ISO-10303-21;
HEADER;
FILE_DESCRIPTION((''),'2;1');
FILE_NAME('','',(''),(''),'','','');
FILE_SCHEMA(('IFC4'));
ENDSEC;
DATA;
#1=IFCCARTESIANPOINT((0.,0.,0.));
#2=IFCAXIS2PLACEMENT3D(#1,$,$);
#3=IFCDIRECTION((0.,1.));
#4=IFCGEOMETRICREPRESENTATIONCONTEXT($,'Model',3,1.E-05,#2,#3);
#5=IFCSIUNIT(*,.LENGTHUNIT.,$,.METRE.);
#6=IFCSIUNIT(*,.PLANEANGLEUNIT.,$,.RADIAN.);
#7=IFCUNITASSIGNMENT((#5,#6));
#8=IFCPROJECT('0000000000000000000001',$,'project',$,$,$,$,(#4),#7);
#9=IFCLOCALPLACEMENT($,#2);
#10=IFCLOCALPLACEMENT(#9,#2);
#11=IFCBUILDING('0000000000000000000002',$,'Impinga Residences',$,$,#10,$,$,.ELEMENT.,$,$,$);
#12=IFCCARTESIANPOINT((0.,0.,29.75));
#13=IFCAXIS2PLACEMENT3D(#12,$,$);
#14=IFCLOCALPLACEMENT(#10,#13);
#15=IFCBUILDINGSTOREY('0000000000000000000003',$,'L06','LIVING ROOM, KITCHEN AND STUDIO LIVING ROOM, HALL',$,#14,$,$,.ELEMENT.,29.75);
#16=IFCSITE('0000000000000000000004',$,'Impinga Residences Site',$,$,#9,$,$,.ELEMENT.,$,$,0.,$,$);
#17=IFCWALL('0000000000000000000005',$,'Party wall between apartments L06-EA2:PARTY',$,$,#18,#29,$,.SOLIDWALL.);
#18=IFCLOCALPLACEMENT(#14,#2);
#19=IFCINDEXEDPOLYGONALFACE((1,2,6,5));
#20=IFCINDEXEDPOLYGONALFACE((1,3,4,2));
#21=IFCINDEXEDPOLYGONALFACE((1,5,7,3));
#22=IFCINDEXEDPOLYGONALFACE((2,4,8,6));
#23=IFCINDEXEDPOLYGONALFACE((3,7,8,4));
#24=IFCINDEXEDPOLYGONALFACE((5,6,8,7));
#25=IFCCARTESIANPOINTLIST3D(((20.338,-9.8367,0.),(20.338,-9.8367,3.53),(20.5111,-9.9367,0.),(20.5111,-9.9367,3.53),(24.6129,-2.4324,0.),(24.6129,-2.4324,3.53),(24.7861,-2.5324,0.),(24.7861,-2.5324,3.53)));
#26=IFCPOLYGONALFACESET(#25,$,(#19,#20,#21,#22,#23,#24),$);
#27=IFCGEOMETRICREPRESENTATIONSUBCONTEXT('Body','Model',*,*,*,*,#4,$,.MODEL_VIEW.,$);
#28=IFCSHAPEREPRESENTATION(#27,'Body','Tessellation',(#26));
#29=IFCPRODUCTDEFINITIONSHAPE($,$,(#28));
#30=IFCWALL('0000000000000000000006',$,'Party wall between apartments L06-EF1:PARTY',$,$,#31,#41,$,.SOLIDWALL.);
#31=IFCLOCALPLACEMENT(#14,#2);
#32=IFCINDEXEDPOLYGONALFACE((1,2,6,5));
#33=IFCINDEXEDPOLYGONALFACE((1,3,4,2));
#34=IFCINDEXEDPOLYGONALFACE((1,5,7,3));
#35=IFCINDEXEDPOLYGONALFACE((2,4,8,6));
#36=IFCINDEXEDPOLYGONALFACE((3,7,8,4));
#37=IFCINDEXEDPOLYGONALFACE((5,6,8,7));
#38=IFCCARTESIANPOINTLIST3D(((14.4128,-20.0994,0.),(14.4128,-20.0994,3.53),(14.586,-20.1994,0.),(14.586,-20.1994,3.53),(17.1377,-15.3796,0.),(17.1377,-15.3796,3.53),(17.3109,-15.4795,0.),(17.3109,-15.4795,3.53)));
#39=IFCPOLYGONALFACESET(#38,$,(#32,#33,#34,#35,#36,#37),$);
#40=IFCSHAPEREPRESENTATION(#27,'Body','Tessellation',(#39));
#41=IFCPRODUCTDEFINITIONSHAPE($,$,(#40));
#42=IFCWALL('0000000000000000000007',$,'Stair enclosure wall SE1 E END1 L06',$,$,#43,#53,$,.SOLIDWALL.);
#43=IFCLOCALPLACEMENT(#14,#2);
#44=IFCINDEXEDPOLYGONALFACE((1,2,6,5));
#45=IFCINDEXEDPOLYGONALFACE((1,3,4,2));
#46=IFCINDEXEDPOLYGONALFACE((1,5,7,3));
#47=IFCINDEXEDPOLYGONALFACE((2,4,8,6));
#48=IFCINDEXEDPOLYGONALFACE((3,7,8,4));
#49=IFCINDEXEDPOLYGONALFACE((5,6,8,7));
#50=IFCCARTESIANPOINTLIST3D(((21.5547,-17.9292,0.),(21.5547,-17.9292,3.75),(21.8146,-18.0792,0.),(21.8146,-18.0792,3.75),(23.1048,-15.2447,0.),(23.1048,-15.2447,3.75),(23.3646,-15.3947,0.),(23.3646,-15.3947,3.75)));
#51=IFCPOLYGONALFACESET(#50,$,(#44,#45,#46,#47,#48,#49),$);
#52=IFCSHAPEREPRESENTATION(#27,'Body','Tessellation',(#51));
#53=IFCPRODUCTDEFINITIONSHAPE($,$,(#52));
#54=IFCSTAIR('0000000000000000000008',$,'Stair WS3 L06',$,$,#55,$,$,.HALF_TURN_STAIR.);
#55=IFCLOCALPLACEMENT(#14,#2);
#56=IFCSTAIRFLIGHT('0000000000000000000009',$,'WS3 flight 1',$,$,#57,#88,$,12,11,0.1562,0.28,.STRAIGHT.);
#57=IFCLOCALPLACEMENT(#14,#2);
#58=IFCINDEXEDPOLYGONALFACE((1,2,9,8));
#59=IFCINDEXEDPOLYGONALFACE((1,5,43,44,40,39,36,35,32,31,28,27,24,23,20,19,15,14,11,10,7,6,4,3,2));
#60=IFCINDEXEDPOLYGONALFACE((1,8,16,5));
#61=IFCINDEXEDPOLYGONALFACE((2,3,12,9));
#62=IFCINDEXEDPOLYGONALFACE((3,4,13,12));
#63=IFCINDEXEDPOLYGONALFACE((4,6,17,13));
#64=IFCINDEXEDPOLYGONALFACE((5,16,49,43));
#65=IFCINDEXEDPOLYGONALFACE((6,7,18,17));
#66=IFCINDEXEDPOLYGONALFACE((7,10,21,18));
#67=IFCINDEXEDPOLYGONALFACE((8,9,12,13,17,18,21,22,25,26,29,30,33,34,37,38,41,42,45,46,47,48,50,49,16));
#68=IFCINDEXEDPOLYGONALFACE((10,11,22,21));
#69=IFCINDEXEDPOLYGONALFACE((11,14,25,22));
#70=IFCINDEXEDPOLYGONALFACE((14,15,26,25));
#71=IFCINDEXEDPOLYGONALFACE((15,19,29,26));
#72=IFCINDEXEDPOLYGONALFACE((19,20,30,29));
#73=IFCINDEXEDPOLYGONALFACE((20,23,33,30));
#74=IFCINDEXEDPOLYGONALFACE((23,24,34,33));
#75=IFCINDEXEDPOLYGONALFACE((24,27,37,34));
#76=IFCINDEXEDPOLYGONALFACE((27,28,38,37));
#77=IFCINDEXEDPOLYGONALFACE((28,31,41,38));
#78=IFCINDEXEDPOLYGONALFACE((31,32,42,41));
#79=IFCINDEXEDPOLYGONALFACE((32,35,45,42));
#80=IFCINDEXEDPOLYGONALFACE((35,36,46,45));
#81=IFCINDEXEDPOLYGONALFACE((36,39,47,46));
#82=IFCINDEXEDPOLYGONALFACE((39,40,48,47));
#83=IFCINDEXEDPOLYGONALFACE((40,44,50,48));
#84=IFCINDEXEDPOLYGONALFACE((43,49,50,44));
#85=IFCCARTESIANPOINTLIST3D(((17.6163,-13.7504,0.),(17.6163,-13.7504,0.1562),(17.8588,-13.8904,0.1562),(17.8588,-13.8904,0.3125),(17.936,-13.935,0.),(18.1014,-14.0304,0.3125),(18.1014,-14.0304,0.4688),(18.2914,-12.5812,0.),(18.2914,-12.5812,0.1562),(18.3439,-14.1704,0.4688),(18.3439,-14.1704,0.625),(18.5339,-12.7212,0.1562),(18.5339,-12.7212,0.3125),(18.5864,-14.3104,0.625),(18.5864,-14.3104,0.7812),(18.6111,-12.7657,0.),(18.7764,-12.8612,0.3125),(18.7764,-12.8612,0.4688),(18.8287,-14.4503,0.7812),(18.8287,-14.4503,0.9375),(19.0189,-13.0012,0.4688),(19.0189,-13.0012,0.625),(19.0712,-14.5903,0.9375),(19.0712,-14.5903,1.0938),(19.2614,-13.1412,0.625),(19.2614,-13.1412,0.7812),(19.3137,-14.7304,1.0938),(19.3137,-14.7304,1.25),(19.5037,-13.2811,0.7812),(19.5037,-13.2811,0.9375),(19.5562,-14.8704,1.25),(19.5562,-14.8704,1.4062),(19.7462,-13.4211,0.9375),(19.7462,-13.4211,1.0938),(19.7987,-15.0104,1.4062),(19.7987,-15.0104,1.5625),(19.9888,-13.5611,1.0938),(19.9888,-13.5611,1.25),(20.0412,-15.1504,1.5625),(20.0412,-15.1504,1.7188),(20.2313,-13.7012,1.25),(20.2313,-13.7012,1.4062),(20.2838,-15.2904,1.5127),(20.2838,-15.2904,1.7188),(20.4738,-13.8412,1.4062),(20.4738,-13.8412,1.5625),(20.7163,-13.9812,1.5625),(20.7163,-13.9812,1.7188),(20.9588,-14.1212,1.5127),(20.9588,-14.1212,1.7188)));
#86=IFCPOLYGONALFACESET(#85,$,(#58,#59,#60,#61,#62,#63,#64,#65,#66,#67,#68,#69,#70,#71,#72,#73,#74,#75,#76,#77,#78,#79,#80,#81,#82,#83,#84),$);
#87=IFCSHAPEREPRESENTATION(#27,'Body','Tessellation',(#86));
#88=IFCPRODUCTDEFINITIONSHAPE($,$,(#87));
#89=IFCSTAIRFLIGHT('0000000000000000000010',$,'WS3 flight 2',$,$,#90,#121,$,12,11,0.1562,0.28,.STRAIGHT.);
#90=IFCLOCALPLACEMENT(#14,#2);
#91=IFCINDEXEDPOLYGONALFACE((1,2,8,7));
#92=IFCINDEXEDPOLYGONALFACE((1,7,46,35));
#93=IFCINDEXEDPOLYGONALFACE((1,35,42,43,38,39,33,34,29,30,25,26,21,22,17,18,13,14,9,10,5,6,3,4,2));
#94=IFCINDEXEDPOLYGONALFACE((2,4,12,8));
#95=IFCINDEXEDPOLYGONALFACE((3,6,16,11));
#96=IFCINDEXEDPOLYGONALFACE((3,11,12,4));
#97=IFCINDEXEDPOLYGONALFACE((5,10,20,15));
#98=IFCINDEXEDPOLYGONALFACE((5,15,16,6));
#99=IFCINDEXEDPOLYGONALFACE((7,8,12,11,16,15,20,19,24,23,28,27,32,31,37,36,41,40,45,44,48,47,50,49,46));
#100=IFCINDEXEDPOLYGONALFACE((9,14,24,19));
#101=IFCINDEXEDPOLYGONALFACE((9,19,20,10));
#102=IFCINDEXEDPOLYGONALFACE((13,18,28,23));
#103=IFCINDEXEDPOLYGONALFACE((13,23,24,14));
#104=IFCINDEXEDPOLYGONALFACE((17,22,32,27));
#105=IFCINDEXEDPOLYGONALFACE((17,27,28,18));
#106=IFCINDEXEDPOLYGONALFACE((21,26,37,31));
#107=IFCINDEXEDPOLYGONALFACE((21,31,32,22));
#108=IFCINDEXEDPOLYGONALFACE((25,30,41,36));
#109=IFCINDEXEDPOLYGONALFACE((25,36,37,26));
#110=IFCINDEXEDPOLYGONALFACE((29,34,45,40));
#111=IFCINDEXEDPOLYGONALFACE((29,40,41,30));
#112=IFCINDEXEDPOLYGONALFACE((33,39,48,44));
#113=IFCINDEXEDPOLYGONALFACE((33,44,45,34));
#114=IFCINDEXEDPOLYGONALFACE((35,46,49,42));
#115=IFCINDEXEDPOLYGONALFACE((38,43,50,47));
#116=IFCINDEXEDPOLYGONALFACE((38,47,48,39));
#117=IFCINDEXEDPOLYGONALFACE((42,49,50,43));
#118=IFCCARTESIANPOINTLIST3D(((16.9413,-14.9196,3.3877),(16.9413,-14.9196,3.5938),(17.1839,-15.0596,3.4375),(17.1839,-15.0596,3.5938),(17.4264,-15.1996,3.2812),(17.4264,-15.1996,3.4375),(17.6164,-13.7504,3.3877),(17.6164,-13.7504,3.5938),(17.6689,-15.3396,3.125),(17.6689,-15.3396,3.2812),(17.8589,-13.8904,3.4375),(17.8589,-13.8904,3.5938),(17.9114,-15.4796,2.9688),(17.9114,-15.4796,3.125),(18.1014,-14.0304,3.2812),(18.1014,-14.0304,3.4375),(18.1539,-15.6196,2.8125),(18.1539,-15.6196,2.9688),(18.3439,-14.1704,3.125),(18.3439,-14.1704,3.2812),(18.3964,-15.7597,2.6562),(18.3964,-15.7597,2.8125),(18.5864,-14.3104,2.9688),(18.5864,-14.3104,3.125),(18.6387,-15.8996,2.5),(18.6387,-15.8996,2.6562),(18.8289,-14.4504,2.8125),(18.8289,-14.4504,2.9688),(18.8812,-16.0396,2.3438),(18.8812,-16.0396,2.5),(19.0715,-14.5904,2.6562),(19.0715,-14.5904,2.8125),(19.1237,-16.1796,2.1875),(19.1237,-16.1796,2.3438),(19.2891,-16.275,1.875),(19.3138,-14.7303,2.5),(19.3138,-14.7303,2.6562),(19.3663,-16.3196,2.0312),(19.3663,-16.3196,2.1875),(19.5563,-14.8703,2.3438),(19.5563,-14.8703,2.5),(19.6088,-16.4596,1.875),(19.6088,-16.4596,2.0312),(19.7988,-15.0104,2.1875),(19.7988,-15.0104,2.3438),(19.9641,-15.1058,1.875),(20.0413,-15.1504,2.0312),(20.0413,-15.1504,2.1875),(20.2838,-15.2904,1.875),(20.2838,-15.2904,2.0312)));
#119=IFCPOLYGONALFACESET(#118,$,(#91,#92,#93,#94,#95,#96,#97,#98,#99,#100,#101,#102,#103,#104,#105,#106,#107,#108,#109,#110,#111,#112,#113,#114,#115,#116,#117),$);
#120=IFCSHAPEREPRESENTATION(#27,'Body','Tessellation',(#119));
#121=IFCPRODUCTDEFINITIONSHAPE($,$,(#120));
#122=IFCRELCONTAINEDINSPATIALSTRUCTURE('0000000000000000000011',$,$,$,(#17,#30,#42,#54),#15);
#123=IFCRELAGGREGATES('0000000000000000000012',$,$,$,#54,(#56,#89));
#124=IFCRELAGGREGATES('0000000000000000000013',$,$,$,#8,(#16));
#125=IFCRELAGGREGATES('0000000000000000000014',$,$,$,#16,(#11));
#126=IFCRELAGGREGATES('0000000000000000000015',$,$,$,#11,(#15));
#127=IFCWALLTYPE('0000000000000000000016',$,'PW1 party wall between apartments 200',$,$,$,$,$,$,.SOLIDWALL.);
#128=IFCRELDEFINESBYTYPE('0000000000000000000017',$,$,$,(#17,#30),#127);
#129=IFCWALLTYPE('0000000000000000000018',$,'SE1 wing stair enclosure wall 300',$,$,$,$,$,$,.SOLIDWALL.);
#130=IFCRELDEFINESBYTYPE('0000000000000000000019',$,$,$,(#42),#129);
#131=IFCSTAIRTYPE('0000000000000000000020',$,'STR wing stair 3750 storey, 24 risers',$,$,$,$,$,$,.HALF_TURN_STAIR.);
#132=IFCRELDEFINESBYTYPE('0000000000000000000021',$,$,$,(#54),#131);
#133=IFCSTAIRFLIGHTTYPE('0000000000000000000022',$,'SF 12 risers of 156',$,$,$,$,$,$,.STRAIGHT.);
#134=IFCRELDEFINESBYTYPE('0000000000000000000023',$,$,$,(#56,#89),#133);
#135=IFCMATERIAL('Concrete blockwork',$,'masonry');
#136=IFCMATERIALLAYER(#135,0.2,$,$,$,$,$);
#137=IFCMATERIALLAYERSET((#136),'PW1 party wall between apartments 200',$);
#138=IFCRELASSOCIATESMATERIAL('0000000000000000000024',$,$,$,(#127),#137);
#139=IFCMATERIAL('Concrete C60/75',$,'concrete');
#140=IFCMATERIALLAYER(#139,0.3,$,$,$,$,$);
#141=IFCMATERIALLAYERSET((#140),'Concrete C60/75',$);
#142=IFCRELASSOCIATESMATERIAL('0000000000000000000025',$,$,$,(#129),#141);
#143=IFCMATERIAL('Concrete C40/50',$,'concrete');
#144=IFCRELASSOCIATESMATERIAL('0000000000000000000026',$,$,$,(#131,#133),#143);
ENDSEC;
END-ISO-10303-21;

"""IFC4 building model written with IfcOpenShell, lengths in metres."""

from ifc_helpers import new_model, si_unit, direction, frame, frame_2d, origin, place, context, subcontext, project, spatial, polyline, rectangle, outline, extrude, material, layer, layer_set, type_object, element, aggregate, save


model = new_model("IFC4")

# Units and contexts
model_context = context("Model", 3, precision=1e-05, world=origin(), true_north=direction((0.0, 1.0)))
body_context = subcontext(model_context, "Body", "Model", "MODEL_VIEW")
ifc_project = project(units=[si_unit("LENGTHUNIT", "METRE"), si_unit("PLANEANGLEUNIT", "RADIAN")], contexts=[model_context])

# Site, building, storey
site_placement = place(None, origin())
site = spatial("IfcSite", under=ifc_project, at=site_placement, Name="Impinga Residences Site", CompositionType="ELEMENT", RefElevation=0.0)
building_placement = place(site_placement, origin())
building = spatial("IfcBuilding", under=site, at=building_placement, Name="Impinga Residences", CompositionType="ELEMENT")
storey_placement = place(building_placement, frame((0.0, 0.0, 29.75)))
storey = spatial("IfcBuildingStorey", under=building, at=storey_placement, Name="L06", Description="LIVING ROOM, KITCHEN AND STUDIO LIVING ROOM, HALL", CompositionType="ELEMENT", Elevation=29.75)

# Shared definitions
ifc_material_1 = material(Name="Concrete C60/75", Category="concrete")

# Walls
ifc_material_2 = material(Name="Concrete blockwork", Category="masonry")
ifc_layer_1 = layer(ifc_material_2, 0.2)
ifc_layer_set_1 = layer_set([ifc_layer_1], Name="PW1 party wall between apartments 200")
wall_type_1 = type_object("IfcWallType", Name="PW1 party wall between apartments 200", PredefinedType="SOLIDWALL", material=ifc_layer_set_1)
wall_1_placement = place(storey_placement, frame((20.4246, -9.8867, 0.0), z_axis=(0.0, 0.0, 1.0), x_axis=(0.500003, 0.866024, 0.0)))
element("IfcWall", 1, at=wall_1_placement, inside=storey, type_object=wall_type_1, Name="Party wall between apartments L06-EA2:PARTY", PredefinedType="SOLIDWALL", context=body_context, shape_type="SweptSolid", body=[
    extrude(rectangle(XDim=8.5498, YDim=0.2, at=frame_2d((4.2749, 0.0))), origin(), (0.0, 0.0, 1.0), 3.53),
])
wall_2_placement = place(storey_placement, frame((17.2244, -15.4294, 0.0), z_axis=(0.0, 0.0, 1.0), x_axis=(-0.499989, -0.866032, 0.0)))
element("IfcWall", 2, at=wall_2_placement, inside=storey, type_object=wall_type_1, Name="Party wall between apartments L06-EF1:PARTY", PredefinedType="SOLIDWALL", context=body_context, shape_type="SweptSolid", body=[
    extrude(rectangle(XDim=5.45, YDim=0.2, at=frame_2d((2.7251, 0.0))), origin(), (0.0, 0.0, 1.0), 3.53),
])
ifc_layer_2 = layer(ifc_material_1, 0.3)
ifc_layer_set_2 = layer_set([ifc_layer_2], Name="Concrete C60/75")
wall_type_2 = type_object("IfcWallType", Name="SE1 wing stair enclosure wall 300", PredefinedType="SOLIDWALL", material=ifc_layer_set_2)
wall_3_placement = place(storey_placement, frame((23.2346, -15.3198, 0.0), z_axis=(0.0, 0.0, 1.0), x_axis=(-0.500027, -0.86601, 0.0)))
element("IfcWall", 3, at=wall_3_placement, inside=storey, type_object=wall_type_2, Name="Stair enclosure wall SE1 E END1 L06", PredefinedType="SOLIDWALL", context=body_context, shape_type="SweptSolid", body=[
    extrude(rectangle(XDim=3.0999, YDim=0.3, at=frame_2d((1.5498, 0.0))), origin(), (0.0, 0.0, 1.0), 3.75),
])

# Stair, stair flights
ifc_material_3 = material(Name="Concrete C40/50", Category="concrete")
stair_type = type_object("IfcStairType", Name="STR wing stair 3750 storey, 24 risers", PredefinedType="HALF_TURN_STAIR", material=ifc_material_3)
stair_placement = place(storey_placement, origin())
stair = element("IfcStair", 4, at=stair_placement, inside=storey, type_object=stair_type, Name="Stair WS3 L06", PredefinedType="HALF_TURN_STAIR")
stair_flight_type = type_object("IfcStairFlightType", Name="SF 12 risers of 156", PredefinedType="STRAIGHT", material=ifc_material_3)
stair_flight_1_placement = place(storey_placement, frame((17.9539, -13.1658, 0.0), z_axis=(0.0, 0.0, 1.0), x_axis=(0.866025, -0.5, 0.0)))
stair_flight_1 = element("IfcStairFlight", 5, at=stair_flight_1_placement, type_object=stair_flight_type, Name="WS3 flight 1", NumberOfRisers=12, NumberOfTreads=11, PredefinedType="STRAIGHT", RiserHeight=0.1562, TreadLength=0.28, context=body_context, shape_type="SweptSolid", body=[
    extrude(outline(polyline([(0.0, 0.0), (0.0, 0.1562), (0.28, 0.1562), (0.28, 0.3125), (0.5601, 0.3125), (0.5601, 0.4688), (0.8401, 0.4688), (0.8401, 0.625), (1.1201, 0.625), (1.1201, 0.7812), (1.3999, 0.7812), (1.3999, 0.9375), (1.6799, 0.9375), (1.6799, 1.0938), (1.96, 1.0938), (1.96, 1.25), (2.24, 1.25), (2.24, 1.4062), (2.52, 1.4062), (2.52, 1.5625), (2.8, 1.5625), (2.8, 1.7188), (3.0801, 1.7188), (3.0801, 1.875), (3.0801, 1.5127), (0.3691, 0.0), (0.0, 0.0)])), frame((0.0, 0.675, 0.0), z_axis=(0.0, -1.0, 0.0), x_axis=(1.0, 0.0, 0.0)), (0.0, 0.0, 1.0), 1.3501),
])
stair_flight_2_placement = place(storey_placement, frame((19.9463, -15.875, 1.875), z_axis=(0.0, 0.0, 1.0), x_axis=(-0.866025, 0.5, 0.0)))
stair_flight_2 = element("IfcStairFlight", 6, at=stair_flight_2_placement, type_object=stair_flight_type, Name="WS3 flight 2", NumberOfRisers=12, NumberOfTreads=11, PredefinedType="STRAIGHT", RiserHeight=0.1562, TreadLength=0.28, context=body_context, shape_type="SweptSolid", body=[
    extrude(outline(polyline([(0.0, 0.0), (0.0, 0.1562), (0.28, 0.1562), (0.28, 0.3125), (0.5601, 0.3125), (0.5601, 0.4688), (0.8401, 0.4688), (0.8401, 0.625), (1.1201, 0.625), (1.1201, 0.7812), (1.3999, 0.7812), (1.3999, 0.9375), (1.6799, 0.9375), (1.6799, 1.0938), (1.96, 1.0938), (1.96, 1.25), (2.24, 1.25), (2.24, 1.4062), (2.52, 1.4062), (2.52, 1.5625), (2.8, 1.5625), (2.8, 1.7188), (3.0801, 1.7188), (3.0801, 1.875), (3.0801, 1.5127), (0.3691, 0.0), (0.0, 0.0)])), frame((0.0, 0.675, 0.0), z_axis=(0.0, -1.0, 0.0), x_axis=(1.0, 0.0, 0.0)), (0.0, 0.0, 1.0), 1.3501),
])
aggregate(stair, [stair_flight_1, stair_flight_2])

save(model, "model.ifc")
